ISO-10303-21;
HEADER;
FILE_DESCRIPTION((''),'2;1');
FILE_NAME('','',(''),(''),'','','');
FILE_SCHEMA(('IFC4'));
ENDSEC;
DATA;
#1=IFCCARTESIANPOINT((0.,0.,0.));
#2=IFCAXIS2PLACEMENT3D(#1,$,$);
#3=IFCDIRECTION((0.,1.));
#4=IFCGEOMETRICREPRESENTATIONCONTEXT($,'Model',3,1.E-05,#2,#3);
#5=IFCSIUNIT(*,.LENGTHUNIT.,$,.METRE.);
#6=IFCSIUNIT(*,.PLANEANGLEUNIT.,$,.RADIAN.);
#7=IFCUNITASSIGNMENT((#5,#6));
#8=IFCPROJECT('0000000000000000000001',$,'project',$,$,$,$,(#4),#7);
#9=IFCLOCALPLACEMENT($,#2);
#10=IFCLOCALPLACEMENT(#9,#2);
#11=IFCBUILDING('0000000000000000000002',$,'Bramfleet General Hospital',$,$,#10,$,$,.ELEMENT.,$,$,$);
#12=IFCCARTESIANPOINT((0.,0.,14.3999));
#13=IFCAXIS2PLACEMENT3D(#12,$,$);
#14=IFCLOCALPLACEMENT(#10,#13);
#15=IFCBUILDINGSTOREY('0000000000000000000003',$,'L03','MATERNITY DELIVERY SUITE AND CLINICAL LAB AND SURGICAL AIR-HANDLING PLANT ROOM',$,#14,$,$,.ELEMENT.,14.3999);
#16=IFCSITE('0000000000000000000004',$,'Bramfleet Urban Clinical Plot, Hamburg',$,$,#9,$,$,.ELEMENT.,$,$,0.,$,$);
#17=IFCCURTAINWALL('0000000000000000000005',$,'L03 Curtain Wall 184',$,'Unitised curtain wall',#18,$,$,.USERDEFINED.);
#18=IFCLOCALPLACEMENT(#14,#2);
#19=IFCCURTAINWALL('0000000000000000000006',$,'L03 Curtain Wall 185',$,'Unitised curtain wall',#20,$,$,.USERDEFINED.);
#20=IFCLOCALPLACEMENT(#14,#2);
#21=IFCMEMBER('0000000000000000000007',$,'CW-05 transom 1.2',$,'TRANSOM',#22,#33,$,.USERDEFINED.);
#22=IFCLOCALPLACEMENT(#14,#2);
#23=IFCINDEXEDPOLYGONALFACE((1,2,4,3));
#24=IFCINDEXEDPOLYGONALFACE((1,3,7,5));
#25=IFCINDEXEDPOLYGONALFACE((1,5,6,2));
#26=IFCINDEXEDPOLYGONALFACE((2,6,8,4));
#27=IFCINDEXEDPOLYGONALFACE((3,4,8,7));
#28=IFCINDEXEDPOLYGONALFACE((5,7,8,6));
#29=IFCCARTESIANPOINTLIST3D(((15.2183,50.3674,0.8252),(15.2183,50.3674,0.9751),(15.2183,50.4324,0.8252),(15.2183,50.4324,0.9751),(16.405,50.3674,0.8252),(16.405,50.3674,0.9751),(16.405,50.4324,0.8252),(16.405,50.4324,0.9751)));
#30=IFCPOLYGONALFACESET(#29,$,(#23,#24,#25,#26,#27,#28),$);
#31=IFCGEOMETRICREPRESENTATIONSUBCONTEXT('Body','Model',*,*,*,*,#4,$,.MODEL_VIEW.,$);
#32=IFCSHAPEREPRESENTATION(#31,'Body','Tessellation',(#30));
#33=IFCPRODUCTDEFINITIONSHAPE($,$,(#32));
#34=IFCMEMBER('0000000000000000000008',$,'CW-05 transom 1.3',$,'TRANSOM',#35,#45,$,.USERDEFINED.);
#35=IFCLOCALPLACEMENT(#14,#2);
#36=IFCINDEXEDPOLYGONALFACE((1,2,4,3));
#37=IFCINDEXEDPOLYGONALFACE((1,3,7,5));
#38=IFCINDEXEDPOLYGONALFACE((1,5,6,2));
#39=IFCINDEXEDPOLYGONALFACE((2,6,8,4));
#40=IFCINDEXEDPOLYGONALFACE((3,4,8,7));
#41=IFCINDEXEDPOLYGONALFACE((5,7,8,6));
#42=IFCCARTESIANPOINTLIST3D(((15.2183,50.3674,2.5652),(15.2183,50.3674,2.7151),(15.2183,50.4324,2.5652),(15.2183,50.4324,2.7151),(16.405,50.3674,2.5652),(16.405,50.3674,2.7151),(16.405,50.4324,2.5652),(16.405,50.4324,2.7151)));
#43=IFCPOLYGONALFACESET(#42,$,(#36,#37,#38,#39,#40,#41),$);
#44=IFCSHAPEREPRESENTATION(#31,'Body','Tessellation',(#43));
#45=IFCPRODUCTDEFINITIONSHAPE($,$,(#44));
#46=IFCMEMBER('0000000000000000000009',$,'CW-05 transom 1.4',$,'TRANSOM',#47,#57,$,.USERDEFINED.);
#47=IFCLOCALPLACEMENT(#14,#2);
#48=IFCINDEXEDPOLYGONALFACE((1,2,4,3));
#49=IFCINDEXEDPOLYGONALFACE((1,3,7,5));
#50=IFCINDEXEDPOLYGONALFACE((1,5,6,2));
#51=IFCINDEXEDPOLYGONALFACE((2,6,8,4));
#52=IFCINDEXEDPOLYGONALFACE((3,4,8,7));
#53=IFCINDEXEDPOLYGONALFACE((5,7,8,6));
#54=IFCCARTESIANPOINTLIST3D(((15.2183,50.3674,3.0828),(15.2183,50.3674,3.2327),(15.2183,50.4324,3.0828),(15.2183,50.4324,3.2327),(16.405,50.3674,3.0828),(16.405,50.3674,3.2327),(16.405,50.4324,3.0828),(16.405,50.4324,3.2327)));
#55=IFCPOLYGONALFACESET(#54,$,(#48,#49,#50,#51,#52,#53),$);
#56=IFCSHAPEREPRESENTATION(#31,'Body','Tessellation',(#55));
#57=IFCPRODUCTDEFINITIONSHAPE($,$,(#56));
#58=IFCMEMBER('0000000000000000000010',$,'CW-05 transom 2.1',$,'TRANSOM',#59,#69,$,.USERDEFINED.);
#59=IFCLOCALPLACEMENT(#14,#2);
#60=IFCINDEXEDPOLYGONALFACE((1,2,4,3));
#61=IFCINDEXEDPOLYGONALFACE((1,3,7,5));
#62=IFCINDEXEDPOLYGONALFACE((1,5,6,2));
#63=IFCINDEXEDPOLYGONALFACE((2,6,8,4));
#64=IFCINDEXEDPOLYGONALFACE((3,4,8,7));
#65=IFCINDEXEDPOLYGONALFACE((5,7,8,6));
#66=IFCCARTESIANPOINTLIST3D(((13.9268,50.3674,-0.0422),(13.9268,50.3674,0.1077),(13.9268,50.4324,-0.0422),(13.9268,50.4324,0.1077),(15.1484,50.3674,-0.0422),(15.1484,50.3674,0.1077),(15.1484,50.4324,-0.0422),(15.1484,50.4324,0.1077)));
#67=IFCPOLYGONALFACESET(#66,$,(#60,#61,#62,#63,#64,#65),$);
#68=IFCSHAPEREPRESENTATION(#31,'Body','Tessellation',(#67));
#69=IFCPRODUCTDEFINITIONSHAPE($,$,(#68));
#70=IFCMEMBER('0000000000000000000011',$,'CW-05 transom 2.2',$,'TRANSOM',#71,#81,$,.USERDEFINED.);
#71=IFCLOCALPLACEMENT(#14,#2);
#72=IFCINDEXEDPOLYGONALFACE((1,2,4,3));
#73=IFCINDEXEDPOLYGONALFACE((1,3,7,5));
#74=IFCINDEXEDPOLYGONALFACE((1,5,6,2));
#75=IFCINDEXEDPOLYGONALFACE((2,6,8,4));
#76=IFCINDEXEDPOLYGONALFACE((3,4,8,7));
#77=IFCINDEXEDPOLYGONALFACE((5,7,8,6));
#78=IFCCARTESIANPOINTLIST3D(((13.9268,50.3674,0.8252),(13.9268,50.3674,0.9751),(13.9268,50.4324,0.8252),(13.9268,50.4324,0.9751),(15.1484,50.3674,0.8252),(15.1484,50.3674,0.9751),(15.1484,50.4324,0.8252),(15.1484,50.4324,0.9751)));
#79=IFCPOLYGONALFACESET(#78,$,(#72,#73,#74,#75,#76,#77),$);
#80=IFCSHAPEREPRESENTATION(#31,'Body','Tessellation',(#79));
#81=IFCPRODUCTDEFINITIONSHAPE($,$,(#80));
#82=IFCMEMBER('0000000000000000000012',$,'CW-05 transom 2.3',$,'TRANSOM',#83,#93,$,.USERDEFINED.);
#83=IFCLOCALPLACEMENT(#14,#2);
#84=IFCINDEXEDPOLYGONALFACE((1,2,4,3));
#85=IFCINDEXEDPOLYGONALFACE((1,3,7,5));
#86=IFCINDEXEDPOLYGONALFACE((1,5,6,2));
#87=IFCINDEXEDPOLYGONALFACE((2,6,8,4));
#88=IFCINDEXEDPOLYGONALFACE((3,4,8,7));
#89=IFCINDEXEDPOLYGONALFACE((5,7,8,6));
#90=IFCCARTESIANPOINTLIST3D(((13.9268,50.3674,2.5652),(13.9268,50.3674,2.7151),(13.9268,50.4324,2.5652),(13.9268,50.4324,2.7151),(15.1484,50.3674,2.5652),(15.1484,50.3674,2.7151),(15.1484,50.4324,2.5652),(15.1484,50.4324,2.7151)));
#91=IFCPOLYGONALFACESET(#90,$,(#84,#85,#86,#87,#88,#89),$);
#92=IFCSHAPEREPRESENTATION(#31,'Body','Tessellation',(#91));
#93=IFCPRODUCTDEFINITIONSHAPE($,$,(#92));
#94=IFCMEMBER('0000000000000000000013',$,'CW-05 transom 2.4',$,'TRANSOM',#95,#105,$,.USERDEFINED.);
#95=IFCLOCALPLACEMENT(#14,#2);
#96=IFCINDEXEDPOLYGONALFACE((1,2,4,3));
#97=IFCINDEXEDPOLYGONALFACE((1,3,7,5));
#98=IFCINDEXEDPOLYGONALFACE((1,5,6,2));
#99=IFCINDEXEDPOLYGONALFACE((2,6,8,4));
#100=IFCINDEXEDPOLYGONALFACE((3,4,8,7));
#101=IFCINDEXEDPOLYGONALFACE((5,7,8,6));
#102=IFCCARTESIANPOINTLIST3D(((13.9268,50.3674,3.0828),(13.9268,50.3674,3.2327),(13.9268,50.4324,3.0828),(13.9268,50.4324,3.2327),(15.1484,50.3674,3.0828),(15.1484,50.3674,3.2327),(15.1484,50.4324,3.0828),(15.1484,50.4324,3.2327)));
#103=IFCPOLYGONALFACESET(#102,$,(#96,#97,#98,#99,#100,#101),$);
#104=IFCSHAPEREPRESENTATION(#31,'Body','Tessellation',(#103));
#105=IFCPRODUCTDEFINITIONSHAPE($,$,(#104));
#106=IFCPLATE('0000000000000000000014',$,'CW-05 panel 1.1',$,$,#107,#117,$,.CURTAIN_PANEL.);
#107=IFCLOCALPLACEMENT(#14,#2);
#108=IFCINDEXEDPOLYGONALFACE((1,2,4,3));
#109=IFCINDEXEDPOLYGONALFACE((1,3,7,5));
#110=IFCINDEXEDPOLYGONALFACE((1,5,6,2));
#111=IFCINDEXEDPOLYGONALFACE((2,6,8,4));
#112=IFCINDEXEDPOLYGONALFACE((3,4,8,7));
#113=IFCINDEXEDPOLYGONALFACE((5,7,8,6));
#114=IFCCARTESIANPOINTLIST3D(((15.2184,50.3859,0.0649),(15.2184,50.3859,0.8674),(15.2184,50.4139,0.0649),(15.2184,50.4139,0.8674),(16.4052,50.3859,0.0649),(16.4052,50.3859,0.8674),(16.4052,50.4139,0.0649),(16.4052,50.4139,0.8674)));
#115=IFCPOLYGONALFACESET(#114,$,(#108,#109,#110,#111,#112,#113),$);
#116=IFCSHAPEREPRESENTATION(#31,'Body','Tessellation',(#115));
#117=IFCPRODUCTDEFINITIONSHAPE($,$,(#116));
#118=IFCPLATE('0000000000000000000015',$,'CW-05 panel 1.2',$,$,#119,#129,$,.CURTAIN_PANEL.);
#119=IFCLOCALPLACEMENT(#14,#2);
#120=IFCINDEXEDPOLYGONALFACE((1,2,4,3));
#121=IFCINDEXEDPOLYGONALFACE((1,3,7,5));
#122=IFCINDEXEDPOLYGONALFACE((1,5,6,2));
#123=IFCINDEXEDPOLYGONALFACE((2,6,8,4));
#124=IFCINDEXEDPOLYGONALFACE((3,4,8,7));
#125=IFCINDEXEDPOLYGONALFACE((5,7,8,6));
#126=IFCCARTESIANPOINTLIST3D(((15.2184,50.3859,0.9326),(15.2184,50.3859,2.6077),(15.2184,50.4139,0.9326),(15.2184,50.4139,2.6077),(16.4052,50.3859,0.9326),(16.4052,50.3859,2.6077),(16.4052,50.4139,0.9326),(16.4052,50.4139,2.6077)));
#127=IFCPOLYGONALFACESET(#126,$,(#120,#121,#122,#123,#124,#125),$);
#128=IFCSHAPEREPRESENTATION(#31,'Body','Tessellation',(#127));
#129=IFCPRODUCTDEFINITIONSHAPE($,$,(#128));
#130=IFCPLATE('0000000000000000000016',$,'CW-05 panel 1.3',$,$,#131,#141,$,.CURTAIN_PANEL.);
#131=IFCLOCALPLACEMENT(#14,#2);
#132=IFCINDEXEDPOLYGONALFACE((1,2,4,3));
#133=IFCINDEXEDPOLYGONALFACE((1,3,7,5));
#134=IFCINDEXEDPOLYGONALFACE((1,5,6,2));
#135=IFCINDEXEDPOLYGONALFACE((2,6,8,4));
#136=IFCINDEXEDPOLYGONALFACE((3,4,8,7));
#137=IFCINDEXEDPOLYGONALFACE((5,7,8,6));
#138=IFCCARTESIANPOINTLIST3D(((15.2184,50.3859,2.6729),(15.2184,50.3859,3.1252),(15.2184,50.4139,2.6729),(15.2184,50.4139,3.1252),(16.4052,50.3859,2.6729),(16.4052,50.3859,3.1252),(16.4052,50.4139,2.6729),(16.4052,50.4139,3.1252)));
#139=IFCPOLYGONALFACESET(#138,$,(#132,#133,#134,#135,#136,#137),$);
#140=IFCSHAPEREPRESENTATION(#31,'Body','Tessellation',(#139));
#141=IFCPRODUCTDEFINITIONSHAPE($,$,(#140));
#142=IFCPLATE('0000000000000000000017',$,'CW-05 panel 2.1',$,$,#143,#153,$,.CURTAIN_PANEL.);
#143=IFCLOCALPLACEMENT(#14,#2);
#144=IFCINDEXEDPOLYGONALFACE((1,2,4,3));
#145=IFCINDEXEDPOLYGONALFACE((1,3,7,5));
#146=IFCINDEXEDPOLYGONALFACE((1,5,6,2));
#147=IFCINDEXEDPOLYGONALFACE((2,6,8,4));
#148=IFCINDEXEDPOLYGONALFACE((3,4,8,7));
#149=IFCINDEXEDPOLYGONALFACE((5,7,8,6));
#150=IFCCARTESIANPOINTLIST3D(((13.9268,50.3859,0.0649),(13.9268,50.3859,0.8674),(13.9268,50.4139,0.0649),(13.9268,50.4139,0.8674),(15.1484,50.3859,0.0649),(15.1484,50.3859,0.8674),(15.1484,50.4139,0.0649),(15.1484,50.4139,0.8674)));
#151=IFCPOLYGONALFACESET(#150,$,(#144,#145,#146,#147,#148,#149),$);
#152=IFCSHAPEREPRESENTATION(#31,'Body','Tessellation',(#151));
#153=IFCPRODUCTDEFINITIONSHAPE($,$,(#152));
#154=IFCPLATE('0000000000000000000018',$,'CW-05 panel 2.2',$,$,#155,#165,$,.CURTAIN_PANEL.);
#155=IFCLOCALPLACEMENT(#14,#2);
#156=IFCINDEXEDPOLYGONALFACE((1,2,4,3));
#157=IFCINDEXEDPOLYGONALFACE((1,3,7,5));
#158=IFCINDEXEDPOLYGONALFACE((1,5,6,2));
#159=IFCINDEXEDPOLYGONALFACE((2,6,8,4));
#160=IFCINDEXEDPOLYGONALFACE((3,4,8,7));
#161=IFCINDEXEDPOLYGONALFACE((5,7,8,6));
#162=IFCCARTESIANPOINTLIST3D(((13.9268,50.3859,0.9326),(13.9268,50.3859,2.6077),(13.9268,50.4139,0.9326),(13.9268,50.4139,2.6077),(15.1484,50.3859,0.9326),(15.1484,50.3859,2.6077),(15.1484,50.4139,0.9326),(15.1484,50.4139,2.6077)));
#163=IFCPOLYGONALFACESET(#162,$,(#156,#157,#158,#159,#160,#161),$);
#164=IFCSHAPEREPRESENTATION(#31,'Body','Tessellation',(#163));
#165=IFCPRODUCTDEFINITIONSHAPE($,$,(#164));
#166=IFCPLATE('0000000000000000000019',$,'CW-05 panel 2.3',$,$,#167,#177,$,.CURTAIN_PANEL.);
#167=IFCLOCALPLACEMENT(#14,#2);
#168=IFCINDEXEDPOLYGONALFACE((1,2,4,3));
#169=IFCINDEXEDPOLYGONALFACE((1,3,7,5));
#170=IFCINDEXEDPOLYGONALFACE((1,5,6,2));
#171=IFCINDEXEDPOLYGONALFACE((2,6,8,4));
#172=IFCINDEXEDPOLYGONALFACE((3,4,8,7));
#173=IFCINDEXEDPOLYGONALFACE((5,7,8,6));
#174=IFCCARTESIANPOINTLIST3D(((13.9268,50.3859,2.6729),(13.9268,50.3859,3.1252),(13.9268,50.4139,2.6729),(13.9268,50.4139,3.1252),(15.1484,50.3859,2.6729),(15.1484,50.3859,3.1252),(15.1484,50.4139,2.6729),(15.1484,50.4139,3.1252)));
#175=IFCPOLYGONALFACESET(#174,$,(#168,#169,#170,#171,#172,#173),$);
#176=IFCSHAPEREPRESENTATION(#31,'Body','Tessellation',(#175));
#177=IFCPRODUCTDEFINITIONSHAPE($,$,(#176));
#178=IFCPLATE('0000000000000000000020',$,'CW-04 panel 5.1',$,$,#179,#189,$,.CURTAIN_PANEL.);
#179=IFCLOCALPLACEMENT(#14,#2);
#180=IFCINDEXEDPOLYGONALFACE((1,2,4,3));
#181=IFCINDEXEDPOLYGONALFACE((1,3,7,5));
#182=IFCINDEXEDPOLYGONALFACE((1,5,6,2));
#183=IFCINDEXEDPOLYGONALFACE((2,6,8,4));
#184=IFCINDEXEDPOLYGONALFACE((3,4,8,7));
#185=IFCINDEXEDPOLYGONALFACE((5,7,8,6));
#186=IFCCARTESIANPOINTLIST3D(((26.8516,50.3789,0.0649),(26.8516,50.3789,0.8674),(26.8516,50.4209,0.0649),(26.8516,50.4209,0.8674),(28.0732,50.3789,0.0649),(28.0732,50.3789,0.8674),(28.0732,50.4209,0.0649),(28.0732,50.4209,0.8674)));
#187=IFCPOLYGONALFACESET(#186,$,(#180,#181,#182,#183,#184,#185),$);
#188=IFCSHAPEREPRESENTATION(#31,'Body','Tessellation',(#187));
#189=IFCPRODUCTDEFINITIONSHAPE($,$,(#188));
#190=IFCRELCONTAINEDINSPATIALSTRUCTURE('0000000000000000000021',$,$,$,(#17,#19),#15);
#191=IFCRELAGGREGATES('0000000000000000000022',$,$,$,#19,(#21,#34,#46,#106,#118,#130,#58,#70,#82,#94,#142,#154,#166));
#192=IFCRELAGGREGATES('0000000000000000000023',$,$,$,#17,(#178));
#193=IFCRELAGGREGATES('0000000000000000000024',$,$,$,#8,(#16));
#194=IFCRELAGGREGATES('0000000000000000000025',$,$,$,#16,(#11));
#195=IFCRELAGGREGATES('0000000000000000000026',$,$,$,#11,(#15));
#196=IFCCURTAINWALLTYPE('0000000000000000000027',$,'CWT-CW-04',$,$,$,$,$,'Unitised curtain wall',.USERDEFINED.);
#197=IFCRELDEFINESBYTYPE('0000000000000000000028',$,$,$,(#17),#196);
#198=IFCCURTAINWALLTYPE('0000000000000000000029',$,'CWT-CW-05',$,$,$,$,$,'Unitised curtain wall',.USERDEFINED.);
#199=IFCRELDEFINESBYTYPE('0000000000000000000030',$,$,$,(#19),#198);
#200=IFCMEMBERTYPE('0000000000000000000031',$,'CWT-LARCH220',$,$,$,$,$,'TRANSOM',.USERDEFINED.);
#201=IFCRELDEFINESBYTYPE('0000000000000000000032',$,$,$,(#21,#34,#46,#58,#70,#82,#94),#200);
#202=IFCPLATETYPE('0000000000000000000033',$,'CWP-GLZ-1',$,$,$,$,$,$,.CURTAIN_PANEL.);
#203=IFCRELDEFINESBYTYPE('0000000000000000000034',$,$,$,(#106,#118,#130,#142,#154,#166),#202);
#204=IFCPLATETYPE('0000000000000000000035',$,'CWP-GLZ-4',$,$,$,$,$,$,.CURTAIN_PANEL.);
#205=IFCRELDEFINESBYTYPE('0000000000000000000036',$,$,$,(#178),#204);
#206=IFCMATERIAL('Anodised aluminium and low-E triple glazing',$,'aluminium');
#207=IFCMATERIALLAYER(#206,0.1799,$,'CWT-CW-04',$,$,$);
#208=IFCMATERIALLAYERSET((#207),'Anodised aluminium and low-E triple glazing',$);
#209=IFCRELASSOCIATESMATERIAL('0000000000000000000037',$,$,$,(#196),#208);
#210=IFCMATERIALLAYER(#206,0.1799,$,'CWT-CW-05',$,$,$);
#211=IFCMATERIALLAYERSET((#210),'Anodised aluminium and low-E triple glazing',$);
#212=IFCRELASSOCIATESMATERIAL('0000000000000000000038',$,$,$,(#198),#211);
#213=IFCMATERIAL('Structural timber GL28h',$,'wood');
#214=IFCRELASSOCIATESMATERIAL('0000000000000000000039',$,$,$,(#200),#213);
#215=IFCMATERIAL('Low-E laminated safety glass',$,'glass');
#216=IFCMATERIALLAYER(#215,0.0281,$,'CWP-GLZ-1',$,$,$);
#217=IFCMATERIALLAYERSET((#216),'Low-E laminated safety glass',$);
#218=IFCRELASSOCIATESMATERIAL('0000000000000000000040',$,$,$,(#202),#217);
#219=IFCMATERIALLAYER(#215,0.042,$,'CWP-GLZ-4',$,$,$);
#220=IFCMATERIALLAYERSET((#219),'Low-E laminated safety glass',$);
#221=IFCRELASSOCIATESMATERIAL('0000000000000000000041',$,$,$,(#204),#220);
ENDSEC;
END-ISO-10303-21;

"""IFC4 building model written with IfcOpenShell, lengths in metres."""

from ifc_helpers import new_model, si_unit, direction, frame, origin, origin_2d, place, context, subcontext, project, spatial, rectangle, extrude, material, layer, layer_set, material_profile, profile_set, type_object, element, aggregate, save


model = new_model("IFC4")

# Units and contexts
model_context = context("Model", 3, precision=1e-05, world=origin(), true_north=direction((0.0, 1.0)))
body_context = subcontext(model_context, "Body", "Model", "MODEL_VIEW")
ifc_project = project(units=[si_unit("LENGTHUNIT", "METRE"), si_unit("PLANEANGLEUNIT", "RADIAN")], contexts=[model_context])

# Site, building, storey
site_placement = place(None, origin())
site = spatial("IfcSite", under=ifc_project, at=site_placement, Name="Bramfleet Urban Clinical Plot, Hamburg", CompositionType="ELEMENT", RefElevation=0.0)
building_placement = place(site_placement, origin())
building = spatial("IfcBuilding", under=site, at=building_placement, Name="Bramfleet General Hospital", CompositionType="ELEMENT")
storey_placement = place(building_placement, frame((0.0, 0.0, 14.3999)))
storey = spatial("IfcBuildingStorey", under=building, at=storey_placement, Name="L03", Description="MATERNITY DELIVERY SUITE AND CLINICAL LAB AND SURGICAL AIR-HANDLING PLANT ROOM", CompositionType="ELEMENT", Elevation=14.3999)

# Curtain walls
ifc_material_1 = material(Name="Anodised aluminium and low-E triple glazing", Category="aluminium")
ifc_layer_1 = layer(ifc_material_1, 0.1799, Name="CWT-CW-04")
ifc_layer_set_1 = layer_set([ifc_layer_1], Name="Anodised aluminium and low-E triple glazing")
curtain_wall_type_1 = type_object("IfcCurtainWallType", Name="CWT-CW-04", ElementType="Unitised curtain wall", PredefinedType="USERDEFINED", material=ifc_layer_set_1)
curtain_wall_1_placement = place(storey_placement, origin())
curtain_wall_1 = element("IfcCurtainWall", 1, at=curtain_wall_1_placement, inside=storey, type_object=curtain_wall_type_1, Name="L03 Curtain Wall 184", ObjectType="Unitised curtain wall", PredefinedType="USERDEFINED")
ifc_material_2 = material(Name="Structural timber GL28h", Category="wood")
ifc_layer_2 = layer(ifc_material_1, 0.1799, Name="CWT-CW-05")
ifc_layer_set_2 = layer_set([ifc_layer_2], Name="Anodised aluminium and low-E triple glazing")
curtain_wall_type_2 = type_object("IfcCurtainWallType", Name="CWT-CW-05", ElementType="Unitised curtain wall", PredefinedType="USERDEFINED", material=ifc_layer_set_2)
curtain_wall_2_placement = place(storey_placement, origin())
curtain_wall_2 = element("IfcCurtainWall", 2, at=curtain_wall_2_placement, inside=storey, type_object=curtain_wall_type_2, Name="L03 Curtain Wall 185", ObjectType="Unitised curtain wall", PredefinedType="USERDEFINED")

# Members
ifc_material_profile_1 = material_profile(ifc_material_2, rectangle(XDim=0.0649, YDim=0.1499, at=origin_2d()), Name="LARCH 150x65")
ifc_profile_set_1 = profile_set([ifc_material_profile_1], Name="Structural timber GL28h")
member_type_1 = type_object("IfcMemberType", Name="CWT-LARCH220", ElementType="TRANSOM", PredefinedType="USERDEFINED", material=ifc_profile_set_1)
member_1_placement = place(storey_placement, frame((16.405, 50.3999, 0.9001), z_axis=(-1.0, 0.0, 0.0), x_axis=(0.0, -1.0, 0.0)))
member_1 = element("IfcMember", 3, at=member_1_placement, type_object=member_type_1, Name="CW-05 transom 1.2", ObjectType="TRANSOM", PredefinedType="USERDEFINED", context=body_context, shape_type="SweptSolid", body=[
    extrude(rectangle(XDim=0.0649, YDim=0.1499, at=origin_2d()), origin(), (0.0, 0.0, 1.0), 1.1868),
])
member_2_placement = place(storey_placement, frame((16.405, 50.3999, 2.6401), z_axis=(-1.0, 0.0, 0.0), x_axis=(0.0, -1.0, 0.0)))
member_2 = element("IfcMember", 4, at=member_2_placement, type_object=member_type_1, Name="CW-05 transom 1.3", ObjectType="TRANSOM", PredefinedType="USERDEFINED", context=body_context, shape_type="SweptSolid", body=[
    extrude(rectangle(XDim=0.0649, YDim=0.1499, at=origin_2d()), origin(), (0.0, 0.0, 1.0), 1.1868),
])
member_3_placement = place(storey_placement, frame((16.405, 50.3999, 3.1577), z_axis=(-1.0, 0.0, 0.0), x_axis=(0.0, -1.0, 0.0)))
member_3 = element("IfcMember", 5, at=member_3_placement, type_object=member_type_1, Name="CW-05 transom 1.4", ObjectType="TRANSOM", PredefinedType="USERDEFINED", context=body_context, shape_type="SweptSolid", body=[
    extrude(rectangle(XDim=0.0649, YDim=0.1499, at=origin_2d()), origin(), (0.0, 0.0, 1.0), 1.1868),
])
member_4_placement = place(storey_placement, frame((15.1484, 50.3999, 0.0327), z_axis=(-1.0, 0.0, 0.0), x_axis=(0.0, -1.0, 0.0)))
member_4 = element("IfcMember", 6, at=member_4_placement, type_object=member_type_1, Name="CW-05 transom 2.1", ObjectType="TRANSOM", PredefinedType="USERDEFINED", context=body_context, shape_type="SweptSolid", body=[
    extrude(rectangle(XDim=0.0649, YDim=0.1499, at=origin_2d()), origin(), (0.0, 0.0, 1.0), 1.2217),
])
member_5_placement = place(storey_placement, frame((15.1484, 50.3999, 0.9001), z_axis=(-1.0, 0.0, 0.0), x_axis=(0.0, -1.0, 0.0)))
member_5 = element("IfcMember", 7, at=member_5_placement, type_object=member_type_1, Name="CW-05 transom 2.2", ObjectType="TRANSOM", PredefinedType="USERDEFINED", context=body_context, shape_type="SweptSolid", body=[
    extrude(rectangle(XDim=0.0649, YDim=0.1499, at=origin_2d()), origin(), (0.0, 0.0, 1.0), 1.2217),
])
member_6_placement = place(storey_placement, frame((15.1484, 50.3999, 2.6401), z_axis=(-1.0, 0.0, 0.0), x_axis=(0.0, -1.0, 0.0)))
member_6 = element("IfcMember", 8, at=member_6_placement, type_object=member_type_1, Name="CW-05 transom 2.3", ObjectType="TRANSOM", PredefinedType="USERDEFINED", context=body_context, shape_type="SweptSolid", body=[
    extrude(rectangle(XDim=0.0649, YDim=0.1499, at=origin_2d()), origin(), (0.0, 0.0, 1.0), 1.2217),
])
member_7_placement = place(storey_placement, frame((15.1484, 50.3999, 3.1577), z_axis=(-1.0, 0.0, 0.0), x_axis=(0.0, -1.0, 0.0)))
member_7 = element("IfcMember", 9, at=member_7_placement, type_object=member_type_1, Name="CW-05 transom 2.4", ObjectType="TRANSOM", PredefinedType="USERDEFINED", context=body_context, shape_type="SweptSolid", body=[
    extrude(rectangle(XDim=0.0649, YDim=0.1499, at=origin_2d()), origin(), (0.0, 0.0, 1.0), 1.2217),
])

# Plates
ifc_material_3 = material(Name="Low-E laminated safety glass", Category="glass")
ifc_layer_3 = layer(ifc_material_3, 0.0281, Name="CWP-GLZ-1")
ifc_layer_set_3 = layer_set([ifc_layer_3], Name="Low-E laminated safety glass")
plate_type_1 = type_object("IfcPlateType", Name="CWP-GLZ-1", PredefinedType="CURTAIN_PANEL", material=ifc_layer_set_3)
plate_1_placement = place(storey_placement, frame((15.8118, 50.3999, 0.0649), z_axis=(0.0, 0.0, 1.0), x_axis=(-1.0, 0.0, 0.0)))
plate_1 = element("IfcPlate", 10, at=plate_1_placement, type_object=plate_type_1, Name="CW-05 panel 1.1", PredefinedType="CURTAIN_PANEL", context=body_context, shape_type="SweptSolid", body=[
    extrude(rectangle(XDim=1.1868, YDim=0.0281, at=origin_2d()), origin(), (0.0, 0.0, 1.0), 0.8025),
])
plate_2_placement = place(storey_placement, frame((15.8118, 50.3999, 0.9326), z_axis=(0.0, 0.0, 1.0), x_axis=(-1.0, 0.0, 0.0)))
plate_2 = element("IfcPlate", 11, at=plate_2_placement, type_object=plate_type_1, Name="CW-05 panel 1.2", PredefinedType="CURTAIN_PANEL", context=body_context, shape_type="SweptSolid", body=[
    extrude(rectangle(XDim=1.1868, YDim=0.0281, at=origin_2d()), origin(), (0.0, 0.0, 1.0), 1.675),
])
plate_3_placement = place(storey_placement, frame((15.8118, 50.3999, 2.6729), z_axis=(0.0, 0.0, 1.0), x_axis=(-1.0, 0.0, 0.0)))
plate_3 = element("IfcPlate", 12, at=plate_3_placement, type_object=plate_type_1, Name="CW-05 panel 1.3", PredefinedType="CURTAIN_PANEL", context=body_context, shape_type="SweptSolid", body=[
    extrude(rectangle(XDim=1.1868, YDim=0.0281, at=origin_2d()), origin(), (0.0, 0.0, 1.0), 0.4524),
])
plate_4_placement = place(storey_placement, frame((14.5376, 50.3999, 0.0649), z_axis=(0.0, 0.0, 1.0), x_axis=(-1.0, 0.0, 0.0)))
plate_4 = element("IfcPlate", 13, at=plate_4_placement, type_object=plate_type_1, Name="CW-05 panel 2.1", PredefinedType="CURTAIN_PANEL", context=body_context, shape_type="SweptSolid", body=[
    extrude(rectangle(XDim=1.2217, YDim=0.0281, at=origin_2d()), origin(), (0.0, 0.0, 1.0), 0.8025),
])
plate_5_placement = place(storey_placement, frame((14.5376, 50.3999, 0.9326), z_axis=(0.0, 0.0, 1.0), x_axis=(-1.0, 0.0, 0.0)))
plate_5 = element("IfcPlate", 14, at=plate_5_placement, type_object=plate_type_1, Name="CW-05 panel 2.2", PredefinedType="CURTAIN_PANEL", context=body_context, shape_type="SweptSolid", body=[
    extrude(rectangle(XDim=1.2217, YDim=0.0281, at=origin_2d()), origin(), (0.0, 0.0, 1.0), 1.675),
])
plate_6_placement = place(storey_placement, frame((14.5376, 50.3999, 2.6729), z_axis=(0.0, 0.0, 1.0), x_axis=(-1.0, 0.0, 0.0)))
plate_6 = element("IfcPlate", 15, at=plate_6_placement, type_object=plate_type_1, Name="CW-05 panel 2.3", PredefinedType="CURTAIN_PANEL", context=body_context, shape_type="SweptSolid", body=[
    extrude(rectangle(XDim=1.2217, YDim=0.0281, at=origin_2d()), origin(), (0.0, 0.0, 1.0), 0.4524),
])
aggregate(curtain_wall_2, [member_1, member_2, member_3, plate_1, plate_2, plate_3, member_4, member_5, member_6, member_7, plate_4, plate_5, plate_6])
ifc_layer_4 = layer(ifc_material_3, 0.042, Name="CWP-GLZ-4")
ifc_layer_set_4 = layer_set([ifc_layer_4], Name="Low-E laminated safety glass")
plate_type_2 = type_object("IfcPlateType", Name="CWP-GLZ-4", PredefinedType="CURTAIN_PANEL", material=ifc_layer_set_4)
plate_7_placement = place(storey_placement, frame((27.4624, 50.3999, 0.0649), z_axis=(0.0, 0.0, 1.0), x_axis=(-1.0, 0.0, 0.0)))
plate_7 = element("IfcPlate", 16, at=plate_7_placement, type_object=plate_type_2, Name="CW-04 panel 5.1", PredefinedType="CURTAIN_PANEL", context=body_context, shape_type="SweptSolid", body=[
    extrude(rectangle(XDim=1.2217, YDim=0.042, at=origin_2d()), origin(), (0.0, 0.0, 1.0), 0.8025),
])
aggregate(curtain_wall_1, [plate_7])

save(model, "model.ifc")
